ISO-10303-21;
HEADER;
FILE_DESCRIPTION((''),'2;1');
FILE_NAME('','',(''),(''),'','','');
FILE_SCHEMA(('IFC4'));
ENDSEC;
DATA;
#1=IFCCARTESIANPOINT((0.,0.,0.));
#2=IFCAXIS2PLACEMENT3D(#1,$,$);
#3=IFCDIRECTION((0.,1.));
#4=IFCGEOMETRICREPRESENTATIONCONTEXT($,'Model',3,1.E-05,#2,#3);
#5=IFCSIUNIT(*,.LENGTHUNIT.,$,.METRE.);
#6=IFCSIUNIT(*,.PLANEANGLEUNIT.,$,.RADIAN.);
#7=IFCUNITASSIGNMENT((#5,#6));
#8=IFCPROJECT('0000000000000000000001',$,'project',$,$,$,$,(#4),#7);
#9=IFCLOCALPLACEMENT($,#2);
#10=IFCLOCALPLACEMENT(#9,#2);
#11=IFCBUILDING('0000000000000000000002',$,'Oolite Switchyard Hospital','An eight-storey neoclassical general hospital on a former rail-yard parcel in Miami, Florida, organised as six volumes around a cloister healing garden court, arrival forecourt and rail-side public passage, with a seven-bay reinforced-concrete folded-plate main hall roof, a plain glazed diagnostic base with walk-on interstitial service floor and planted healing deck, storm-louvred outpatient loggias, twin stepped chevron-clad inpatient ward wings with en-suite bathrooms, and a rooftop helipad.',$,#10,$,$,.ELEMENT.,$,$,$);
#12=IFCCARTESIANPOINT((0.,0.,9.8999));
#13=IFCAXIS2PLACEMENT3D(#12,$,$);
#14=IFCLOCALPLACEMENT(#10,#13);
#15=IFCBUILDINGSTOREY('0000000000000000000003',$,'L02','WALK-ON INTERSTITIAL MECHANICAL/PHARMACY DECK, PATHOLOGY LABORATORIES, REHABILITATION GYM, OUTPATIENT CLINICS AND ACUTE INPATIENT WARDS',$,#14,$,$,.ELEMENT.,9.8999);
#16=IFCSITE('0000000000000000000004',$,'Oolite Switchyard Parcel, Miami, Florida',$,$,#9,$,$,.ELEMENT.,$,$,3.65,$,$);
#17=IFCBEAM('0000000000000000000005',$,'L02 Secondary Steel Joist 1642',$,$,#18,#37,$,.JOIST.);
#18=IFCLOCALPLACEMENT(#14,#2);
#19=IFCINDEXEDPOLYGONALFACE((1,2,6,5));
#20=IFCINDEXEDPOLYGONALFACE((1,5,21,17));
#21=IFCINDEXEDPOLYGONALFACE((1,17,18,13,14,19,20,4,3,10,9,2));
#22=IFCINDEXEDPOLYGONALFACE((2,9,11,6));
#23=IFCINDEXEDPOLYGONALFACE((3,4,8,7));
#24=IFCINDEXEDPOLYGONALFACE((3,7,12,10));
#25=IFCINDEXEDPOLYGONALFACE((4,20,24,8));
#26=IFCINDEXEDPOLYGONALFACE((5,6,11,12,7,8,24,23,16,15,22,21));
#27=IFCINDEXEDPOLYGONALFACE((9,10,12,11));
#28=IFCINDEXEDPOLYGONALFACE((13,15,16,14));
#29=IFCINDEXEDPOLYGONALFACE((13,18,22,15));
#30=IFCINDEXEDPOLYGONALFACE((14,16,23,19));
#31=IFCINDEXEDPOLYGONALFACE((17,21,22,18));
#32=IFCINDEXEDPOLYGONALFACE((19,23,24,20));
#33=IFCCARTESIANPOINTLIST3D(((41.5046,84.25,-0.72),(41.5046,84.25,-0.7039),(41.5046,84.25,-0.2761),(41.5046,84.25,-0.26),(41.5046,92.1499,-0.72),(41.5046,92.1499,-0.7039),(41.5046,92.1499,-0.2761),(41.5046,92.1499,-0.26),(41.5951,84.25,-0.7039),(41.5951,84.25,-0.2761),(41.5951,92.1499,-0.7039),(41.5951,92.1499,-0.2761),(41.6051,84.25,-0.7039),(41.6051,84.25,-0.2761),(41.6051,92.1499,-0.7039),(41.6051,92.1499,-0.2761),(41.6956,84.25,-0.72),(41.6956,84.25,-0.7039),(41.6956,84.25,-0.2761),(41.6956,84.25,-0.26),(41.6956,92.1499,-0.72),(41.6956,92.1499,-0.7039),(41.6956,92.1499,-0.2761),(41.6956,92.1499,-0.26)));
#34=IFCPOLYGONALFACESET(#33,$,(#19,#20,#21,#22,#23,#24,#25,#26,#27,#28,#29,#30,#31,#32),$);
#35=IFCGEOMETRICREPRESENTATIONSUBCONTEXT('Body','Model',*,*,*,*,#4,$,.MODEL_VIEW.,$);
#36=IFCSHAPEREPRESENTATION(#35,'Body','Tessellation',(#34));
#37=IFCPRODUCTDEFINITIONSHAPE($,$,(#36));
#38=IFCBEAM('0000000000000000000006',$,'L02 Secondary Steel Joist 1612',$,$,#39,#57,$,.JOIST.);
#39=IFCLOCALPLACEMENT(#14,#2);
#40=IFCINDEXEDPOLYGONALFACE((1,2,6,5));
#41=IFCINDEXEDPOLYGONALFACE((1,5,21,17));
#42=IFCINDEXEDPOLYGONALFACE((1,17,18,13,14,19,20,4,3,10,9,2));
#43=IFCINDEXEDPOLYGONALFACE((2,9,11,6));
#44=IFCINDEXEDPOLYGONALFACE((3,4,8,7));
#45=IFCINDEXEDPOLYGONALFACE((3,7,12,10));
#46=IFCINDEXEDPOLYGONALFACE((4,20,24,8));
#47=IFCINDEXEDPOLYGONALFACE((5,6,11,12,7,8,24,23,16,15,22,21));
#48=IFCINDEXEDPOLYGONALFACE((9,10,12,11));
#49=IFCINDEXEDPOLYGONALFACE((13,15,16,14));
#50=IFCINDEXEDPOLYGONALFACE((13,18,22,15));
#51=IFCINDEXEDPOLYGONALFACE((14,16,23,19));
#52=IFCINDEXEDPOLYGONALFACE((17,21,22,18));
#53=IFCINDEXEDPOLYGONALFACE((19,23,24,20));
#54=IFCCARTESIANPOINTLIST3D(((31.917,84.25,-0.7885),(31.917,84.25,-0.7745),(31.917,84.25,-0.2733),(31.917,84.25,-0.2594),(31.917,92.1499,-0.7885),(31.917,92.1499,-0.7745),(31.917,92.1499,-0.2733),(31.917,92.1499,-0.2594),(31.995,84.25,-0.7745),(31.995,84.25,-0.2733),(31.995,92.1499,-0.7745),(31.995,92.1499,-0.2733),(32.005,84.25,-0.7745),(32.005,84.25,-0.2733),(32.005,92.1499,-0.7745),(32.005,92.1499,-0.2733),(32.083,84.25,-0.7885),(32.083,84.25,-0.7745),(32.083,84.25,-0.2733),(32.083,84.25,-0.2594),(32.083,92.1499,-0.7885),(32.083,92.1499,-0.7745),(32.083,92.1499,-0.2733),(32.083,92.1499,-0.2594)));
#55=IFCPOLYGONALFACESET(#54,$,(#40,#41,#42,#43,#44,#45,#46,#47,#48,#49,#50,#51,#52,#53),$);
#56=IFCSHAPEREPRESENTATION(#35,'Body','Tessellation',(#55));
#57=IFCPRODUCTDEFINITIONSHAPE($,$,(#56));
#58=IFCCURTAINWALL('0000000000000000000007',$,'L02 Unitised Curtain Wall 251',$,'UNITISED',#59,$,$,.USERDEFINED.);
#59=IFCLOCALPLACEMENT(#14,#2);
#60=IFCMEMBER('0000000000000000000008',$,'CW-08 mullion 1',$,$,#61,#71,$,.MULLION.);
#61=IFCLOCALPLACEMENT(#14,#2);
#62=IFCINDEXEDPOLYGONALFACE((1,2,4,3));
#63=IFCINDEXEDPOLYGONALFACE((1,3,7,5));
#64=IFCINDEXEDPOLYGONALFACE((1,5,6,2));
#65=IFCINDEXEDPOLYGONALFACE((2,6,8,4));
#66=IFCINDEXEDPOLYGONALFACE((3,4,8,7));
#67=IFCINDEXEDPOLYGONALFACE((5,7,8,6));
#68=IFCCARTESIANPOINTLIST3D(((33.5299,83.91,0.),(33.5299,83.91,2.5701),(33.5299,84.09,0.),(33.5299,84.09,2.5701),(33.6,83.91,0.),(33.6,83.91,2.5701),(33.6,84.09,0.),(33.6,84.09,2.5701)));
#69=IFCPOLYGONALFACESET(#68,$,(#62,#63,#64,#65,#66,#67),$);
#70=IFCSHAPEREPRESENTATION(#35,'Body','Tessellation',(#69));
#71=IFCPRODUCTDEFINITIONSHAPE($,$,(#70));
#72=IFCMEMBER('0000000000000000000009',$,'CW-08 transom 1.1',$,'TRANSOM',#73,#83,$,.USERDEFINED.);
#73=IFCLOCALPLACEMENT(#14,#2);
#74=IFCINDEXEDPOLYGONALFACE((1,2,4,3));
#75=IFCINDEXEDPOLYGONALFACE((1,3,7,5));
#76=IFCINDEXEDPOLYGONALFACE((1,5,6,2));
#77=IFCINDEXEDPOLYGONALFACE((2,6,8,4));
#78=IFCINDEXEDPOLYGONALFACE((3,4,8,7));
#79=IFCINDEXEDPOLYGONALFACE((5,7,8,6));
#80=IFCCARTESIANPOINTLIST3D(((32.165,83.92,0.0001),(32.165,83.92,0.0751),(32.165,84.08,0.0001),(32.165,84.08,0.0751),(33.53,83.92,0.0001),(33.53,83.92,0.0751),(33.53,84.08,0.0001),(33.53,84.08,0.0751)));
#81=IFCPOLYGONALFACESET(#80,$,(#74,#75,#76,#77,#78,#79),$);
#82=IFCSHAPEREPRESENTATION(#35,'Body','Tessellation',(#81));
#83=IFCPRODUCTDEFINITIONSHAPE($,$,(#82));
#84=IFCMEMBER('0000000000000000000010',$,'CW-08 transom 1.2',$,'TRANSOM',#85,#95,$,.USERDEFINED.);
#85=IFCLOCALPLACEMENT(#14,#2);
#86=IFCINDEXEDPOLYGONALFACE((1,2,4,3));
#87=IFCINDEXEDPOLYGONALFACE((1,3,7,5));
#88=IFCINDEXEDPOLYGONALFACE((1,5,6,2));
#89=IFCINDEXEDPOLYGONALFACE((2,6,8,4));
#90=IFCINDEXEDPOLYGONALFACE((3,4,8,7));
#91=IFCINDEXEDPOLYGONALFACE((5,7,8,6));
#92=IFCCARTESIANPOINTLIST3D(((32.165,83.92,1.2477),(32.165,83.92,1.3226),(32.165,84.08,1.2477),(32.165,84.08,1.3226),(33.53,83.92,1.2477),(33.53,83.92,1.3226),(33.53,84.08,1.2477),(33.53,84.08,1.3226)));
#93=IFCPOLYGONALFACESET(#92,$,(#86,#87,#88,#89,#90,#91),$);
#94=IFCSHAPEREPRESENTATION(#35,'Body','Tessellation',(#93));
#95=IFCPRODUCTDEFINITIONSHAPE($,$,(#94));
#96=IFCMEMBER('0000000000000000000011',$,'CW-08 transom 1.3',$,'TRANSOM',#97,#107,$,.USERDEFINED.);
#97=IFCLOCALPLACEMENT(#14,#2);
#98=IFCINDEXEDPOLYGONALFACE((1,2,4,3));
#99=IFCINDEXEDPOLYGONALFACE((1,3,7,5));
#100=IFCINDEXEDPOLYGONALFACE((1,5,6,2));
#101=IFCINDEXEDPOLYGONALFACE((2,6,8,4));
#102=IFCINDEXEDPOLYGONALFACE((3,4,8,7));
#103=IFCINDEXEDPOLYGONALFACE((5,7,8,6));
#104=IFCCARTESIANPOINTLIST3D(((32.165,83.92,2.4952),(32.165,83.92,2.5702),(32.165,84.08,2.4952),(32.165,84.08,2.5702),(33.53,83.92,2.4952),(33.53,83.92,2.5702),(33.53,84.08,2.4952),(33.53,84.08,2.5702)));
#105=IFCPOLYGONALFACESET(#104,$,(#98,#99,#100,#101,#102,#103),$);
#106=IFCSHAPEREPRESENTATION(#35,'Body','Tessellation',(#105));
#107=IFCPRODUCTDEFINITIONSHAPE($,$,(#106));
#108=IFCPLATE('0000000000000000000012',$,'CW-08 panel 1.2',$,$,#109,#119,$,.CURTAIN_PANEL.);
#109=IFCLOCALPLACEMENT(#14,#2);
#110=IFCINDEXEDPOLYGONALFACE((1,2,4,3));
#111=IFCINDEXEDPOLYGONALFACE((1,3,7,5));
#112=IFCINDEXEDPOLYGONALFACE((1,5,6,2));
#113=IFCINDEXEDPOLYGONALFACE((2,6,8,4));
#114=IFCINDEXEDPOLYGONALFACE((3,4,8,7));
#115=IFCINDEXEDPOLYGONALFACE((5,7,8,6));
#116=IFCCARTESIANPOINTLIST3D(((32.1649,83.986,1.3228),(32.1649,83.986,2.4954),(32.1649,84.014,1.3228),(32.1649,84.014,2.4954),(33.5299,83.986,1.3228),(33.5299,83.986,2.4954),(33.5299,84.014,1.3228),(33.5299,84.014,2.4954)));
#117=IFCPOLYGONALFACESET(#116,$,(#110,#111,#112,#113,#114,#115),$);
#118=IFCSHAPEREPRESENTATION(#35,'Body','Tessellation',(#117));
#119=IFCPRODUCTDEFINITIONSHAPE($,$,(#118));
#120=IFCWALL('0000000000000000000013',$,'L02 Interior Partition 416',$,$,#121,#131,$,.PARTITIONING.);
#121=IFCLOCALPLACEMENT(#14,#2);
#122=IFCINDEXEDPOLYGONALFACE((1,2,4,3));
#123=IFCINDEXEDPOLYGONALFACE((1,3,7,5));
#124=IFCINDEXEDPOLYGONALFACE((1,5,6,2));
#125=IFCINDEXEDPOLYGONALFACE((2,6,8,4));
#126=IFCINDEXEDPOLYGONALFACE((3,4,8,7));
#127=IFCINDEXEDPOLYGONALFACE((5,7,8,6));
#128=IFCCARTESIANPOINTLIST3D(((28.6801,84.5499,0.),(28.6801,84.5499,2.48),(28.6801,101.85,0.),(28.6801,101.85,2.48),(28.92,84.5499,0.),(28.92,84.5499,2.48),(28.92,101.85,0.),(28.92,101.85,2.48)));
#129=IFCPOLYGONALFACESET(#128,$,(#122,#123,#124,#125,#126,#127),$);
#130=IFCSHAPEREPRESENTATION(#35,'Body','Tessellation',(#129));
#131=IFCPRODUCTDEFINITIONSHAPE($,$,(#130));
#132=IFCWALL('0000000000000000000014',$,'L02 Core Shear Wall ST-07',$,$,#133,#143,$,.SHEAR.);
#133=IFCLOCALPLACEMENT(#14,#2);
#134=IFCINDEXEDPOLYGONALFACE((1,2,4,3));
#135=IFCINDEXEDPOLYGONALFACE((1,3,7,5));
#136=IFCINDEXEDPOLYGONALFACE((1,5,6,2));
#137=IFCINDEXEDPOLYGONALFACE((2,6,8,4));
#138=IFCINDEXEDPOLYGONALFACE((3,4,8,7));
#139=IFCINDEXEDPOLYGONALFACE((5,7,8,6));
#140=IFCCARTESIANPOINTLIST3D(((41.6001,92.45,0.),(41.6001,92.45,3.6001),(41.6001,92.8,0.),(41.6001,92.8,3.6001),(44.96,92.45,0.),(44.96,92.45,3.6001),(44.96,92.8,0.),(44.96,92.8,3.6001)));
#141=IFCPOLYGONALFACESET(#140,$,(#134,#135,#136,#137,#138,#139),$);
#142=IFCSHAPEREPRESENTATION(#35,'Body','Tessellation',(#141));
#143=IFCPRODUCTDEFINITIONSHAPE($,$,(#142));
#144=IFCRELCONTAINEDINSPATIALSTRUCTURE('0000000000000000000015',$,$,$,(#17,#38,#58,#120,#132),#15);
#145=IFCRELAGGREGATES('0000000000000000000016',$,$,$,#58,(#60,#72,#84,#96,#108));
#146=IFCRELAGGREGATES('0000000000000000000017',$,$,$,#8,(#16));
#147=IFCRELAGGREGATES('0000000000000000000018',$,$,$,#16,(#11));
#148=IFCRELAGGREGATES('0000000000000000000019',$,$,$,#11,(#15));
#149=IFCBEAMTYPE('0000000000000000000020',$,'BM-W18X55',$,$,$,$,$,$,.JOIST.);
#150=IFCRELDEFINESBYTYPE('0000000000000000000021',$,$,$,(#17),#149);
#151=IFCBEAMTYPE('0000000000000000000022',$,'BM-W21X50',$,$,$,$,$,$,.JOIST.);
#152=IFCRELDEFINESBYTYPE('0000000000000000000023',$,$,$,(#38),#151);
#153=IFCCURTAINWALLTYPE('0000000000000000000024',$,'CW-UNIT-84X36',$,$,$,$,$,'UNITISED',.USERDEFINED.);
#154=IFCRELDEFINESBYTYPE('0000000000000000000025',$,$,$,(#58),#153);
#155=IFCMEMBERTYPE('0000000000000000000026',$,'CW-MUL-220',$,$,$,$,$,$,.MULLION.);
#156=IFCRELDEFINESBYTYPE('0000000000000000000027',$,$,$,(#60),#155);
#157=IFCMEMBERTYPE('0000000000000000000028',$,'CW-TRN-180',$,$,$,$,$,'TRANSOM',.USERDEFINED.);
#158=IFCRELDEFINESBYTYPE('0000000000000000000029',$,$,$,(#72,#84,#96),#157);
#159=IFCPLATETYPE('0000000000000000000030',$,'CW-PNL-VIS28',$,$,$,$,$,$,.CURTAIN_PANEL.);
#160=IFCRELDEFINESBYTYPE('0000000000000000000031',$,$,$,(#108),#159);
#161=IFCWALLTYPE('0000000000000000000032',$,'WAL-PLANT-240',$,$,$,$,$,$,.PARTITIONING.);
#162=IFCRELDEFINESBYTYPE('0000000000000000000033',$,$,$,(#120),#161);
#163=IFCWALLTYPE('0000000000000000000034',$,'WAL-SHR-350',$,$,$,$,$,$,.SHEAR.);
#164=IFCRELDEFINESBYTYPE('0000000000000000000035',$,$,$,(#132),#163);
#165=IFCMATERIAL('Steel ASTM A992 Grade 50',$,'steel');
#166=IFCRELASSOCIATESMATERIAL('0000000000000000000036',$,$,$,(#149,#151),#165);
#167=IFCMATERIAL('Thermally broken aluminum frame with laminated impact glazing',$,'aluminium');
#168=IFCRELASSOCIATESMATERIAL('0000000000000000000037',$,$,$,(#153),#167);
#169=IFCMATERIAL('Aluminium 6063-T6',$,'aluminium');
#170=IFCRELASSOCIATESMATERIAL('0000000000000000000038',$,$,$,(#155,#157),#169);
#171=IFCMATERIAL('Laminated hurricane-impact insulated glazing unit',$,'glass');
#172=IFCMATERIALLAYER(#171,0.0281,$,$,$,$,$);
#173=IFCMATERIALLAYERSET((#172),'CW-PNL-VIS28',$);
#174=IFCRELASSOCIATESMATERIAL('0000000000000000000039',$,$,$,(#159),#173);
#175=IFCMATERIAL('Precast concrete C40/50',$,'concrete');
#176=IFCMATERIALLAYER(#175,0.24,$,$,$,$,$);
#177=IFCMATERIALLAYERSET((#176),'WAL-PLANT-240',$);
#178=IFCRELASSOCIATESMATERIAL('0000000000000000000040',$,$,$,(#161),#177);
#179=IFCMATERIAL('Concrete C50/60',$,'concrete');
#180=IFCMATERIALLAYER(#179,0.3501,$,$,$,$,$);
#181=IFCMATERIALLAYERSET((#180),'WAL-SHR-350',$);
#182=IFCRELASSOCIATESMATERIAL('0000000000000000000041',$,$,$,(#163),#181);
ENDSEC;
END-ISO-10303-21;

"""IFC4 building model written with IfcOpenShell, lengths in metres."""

from ifc_helpers import new_model, si_unit, direction, frame, frame_2d, origin, origin_2d, place, context, subcontext, project, spatial, rectangle, i_section, extrude, material, layer, layer_set, material_profile, profile_set, type_object, element, aggregate, save


model = new_model("IFC4")

# Units and contexts
model_context = context("Model", 3, precision=1e-05, world=origin(), true_north=direction((0.0, 1.0)))
body_context = subcontext(model_context, "Body", "Model", "MODEL_VIEW")
ifc_project = project(units=[si_unit("LENGTHUNIT", "METRE"), si_unit("PLANEANGLEUNIT", "RADIAN")], contexts=[model_context])

# Site, building, storey
site_placement = place(None, origin())
site = spatial("IfcSite", under=ifc_project, at=site_placement, Name="Oolite Switchyard Parcel, Miami, Florida", CompositionType="ELEMENT", RefElevation=3.65)
building_placement = place(site_placement, origin())
building = spatial("IfcBuilding", under=site, at=building_placement, Name="Oolite Switchyard Hospital", Description="An eight-storey neoclassical general hospital on a former rail-yard parcel in Miami, Florida, organised as six volumes around a cloister healing garden court, arrival forecourt and rail-side public passage, with a seven-bay reinforced-concrete folded-plate main hall roof, a plain glazed diagnostic base with walk-on interstitial service floor and planted healing deck, storm-louvred outpatient loggias, twin stepped chevron-clad inpatient ward wings with en-suite bathrooms, and a rooftop helipad.", CompositionType="ELEMENT")
storey_placement = place(building_placement, frame((0.0, 0.0, 9.8999)))
storey = spatial("IfcBuildingStorey", under=building, at=storey_placement, Name="L02", Description="WALK-ON INTERSTITIAL MECHANICAL/PHARMACY DECK, PATHOLOGY LABORATORIES, REHABILITATION GYM, OUTPATIENT CLINICS AND ACUTE INPATIENT WARDS", CompositionType="ELEMENT", Elevation=9.8999)

# Shared definitions
ifc_material_1 = material(Name="Concrete C50/60", Category="concrete")

# Beams
ifc_material_2 = material(Name="Steel ASTM A992 Grade 50", Category="steel")
ifc_material_profile_1 = material_profile(ifc_material_2, i_section(OverallWidth=0.1909, OverallDepth=0.46, WebThickness=0.01, FlangeThickness=0.0161, at=origin_2d()), Name="W18X55")
ifc_profile_set_1 = profile_set([ifc_material_profile_1], Name="Steel ASTM A992 Grade 50")
beam_type_1 = type_object("IfcBeamType", Name="BM-W18X55", PredefinedType="JOIST", material=ifc_profile_set_1)
beam_1_placement = place(storey_placement, frame((41.6001, 84.25, -0.49), z_axis=(0.0, 1.0, 0.0), x_axis=(-1.0, 0.0, 0.0)))
element("IfcBeam", 1, at=beam_1_placement, inside=storey, type_object=beam_type_1, Name="L02 Secondary Steel Joist 1642", PredefinedType="JOIST", context=body_context, shape_type="SweptSolid", body=[
    extrude(i_section(OverallWidth=0.1909, OverallDepth=0.46, WebThickness=0.01, FlangeThickness=0.0161, at=origin_2d()), origin(), (0.0, 0.0, 1.0), 7.8999),
])
ifc_material_profile_2 = material_profile(ifc_material_2, i_section(OverallWidth=0.166, OverallDepth=0.5291, WebThickness=0.01, FlangeThickness=0.0139, at=origin_2d()), Name="W21X50")
ifc_profile_set_2 = profile_set([ifc_material_profile_2], Name="Steel ASTM A992 Grade 50")
beam_type_2 = type_object("IfcBeamType", Name="BM-W21X50", PredefinedType="JOIST", material=ifc_profile_set_2)
beam_2_placement = place(storey_placement, frame((32.0, 84.25, -0.5239), z_axis=(0.0, 1.0, 0.0), x_axis=(-1.0, 0.0, 0.0)))
element("IfcBeam", 2, at=beam_2_placement, inside=storey, type_object=beam_type_2, Name="L02 Secondary Steel Joist 1612", PredefinedType="JOIST", context=body_context, shape_type="SweptSolid", body=[
    extrude(i_section(OverallWidth=0.166, OverallDepth=0.5291, WebThickness=0.01, FlangeThickness=0.0139, at=origin_2d()), origin(), (0.0, 0.0, 1.0), 7.8999),
])

# Curtain wall, members, plate
ifc_material_3 = material(Name="Thermally broken aluminum frame with laminated impact glazing", Category="aluminium")
curtain_wall_type = type_object("IfcCurtainWallType", Name="CW-UNIT-84X36", ElementType="UNITISED", PredefinedType="USERDEFINED", material=ifc_material_3)
curtain_wall_placement = place(storey_placement, origin())
curtain_wall = element("IfcCurtainWall", 3, at=curtain_wall_placement, inside=storey, type_object=curtain_wall_type, Name="L02 Unitised Curtain Wall 251", ObjectType="UNITISED", PredefinedType="USERDEFINED")
ifc_material_4 = material(Name="Aluminium 6063-T6", Category="aluminium")
ifc_material_profile_3 = material_profile(ifc_material_4, rectangle(XDim=0.1799, YDim=0.0701, at=origin_2d()), Name="CWM70X180")
ifc_profile_set_3 = profile_set([ifc_material_profile_3], Name="Aluminium 6063-T6")
member_type_1 = type_object("IfcMemberType", Name="CW-MUL-220", PredefinedType="MULLION", material=ifc_profile_set_3)
member_1_placement = place(storey_placement, frame((33.5649, 84.0, 0.0), z_axis=(0.0, 0.0, 1.0), x_axis=(0.0, -1.0, 0.0)))
member_1 = element("IfcMember", 4, at=member_1_placement, type_object=member_type_1, Name="CW-08 mullion 1", PredefinedType="MULLION", context=body_context, shape_type="SweptSolid", body=[
    extrude(rectangle(XDim=0.1799, YDim=0.0701, at=origin_2d()), origin(), (0.0, 0.0, 1.0), 2.5701),
])
ifc_material_profile_4 = material_profile(ifc_material_4, rectangle(XDim=0.1599, YDim=0.075, at=origin_2d()), Name="CWT75X160")
ifc_profile_set_4 = profile_set([ifc_material_profile_4], Name="Aluminium 6063-T6")
member_type_2 = type_object("IfcMemberType", Name="CW-TRN-180", ElementType="TRANSOM", PredefinedType="USERDEFINED", material=ifc_profile_set_4)
member_2_placement = place(storey_placement, frame((33.53, 84.0, 0.0376), z_axis=(-1.0, 0.0, 0.0), x_axis=(0.0, -1.0, 0.0)))
member_2 = element("IfcMember", 5, at=member_2_placement, type_object=member_type_2, Name="CW-08 transom 1.1", ObjectType="TRANSOM", PredefinedType="USERDEFINED", context=body_context, shape_type="SweptSolid", body=[
    extrude(rectangle(XDim=0.1599, YDim=0.075, at=origin_2d()), origin(), (0.0, 0.0, 1.0), 1.365),
])
member_3_placement = place(storey_placement, frame((33.53, 84.0, 1.2852), z_axis=(-1.0, 0.0, 0.0), x_axis=(0.0, -1.0, 0.0)))
member_3 = element("IfcMember", 6, at=member_3_placement, type_object=member_type_2, Name="CW-08 transom 1.2", ObjectType="TRANSOM", PredefinedType="USERDEFINED", context=body_context, shape_type="SweptSolid", body=[
    extrude(rectangle(XDim=0.1599, YDim=0.075, at=origin_2d()), origin(), (0.0, 0.0, 1.0), 1.365),
])
member_4_placement = place(storey_placement, frame((33.53, 84.0, 2.5327), z_axis=(-1.0, 0.0, 0.0), x_axis=(0.0, -1.0, 0.0)))
member_4 = element("IfcMember", 7, at=member_4_placement, type_object=member_type_2, Name="CW-08 transom 1.3", ObjectType="TRANSOM", PredefinedType="USERDEFINED", context=body_context, shape_type="SweptSolid", body=[
    extrude(rectangle(XDim=0.1599, YDim=0.075, at=origin_2d()), origin(), (0.0, 0.0, 1.0), 1.365),
])
ifc_material_5 = material(Name="Laminated hurricane-impact insulated glazing unit", Category="glass")
ifc_layer_1 = layer(ifc_material_5, 0.0281)
ifc_layer_set_1 = layer_set([ifc_layer_1], Name="CW-PNL-VIS28")
plate_type = type_object("IfcPlateType", Name="CW-PNL-VIS28", PredefinedType="CURTAIN_PANEL", material=ifc_layer_set_1)
plate_placement = place(storey_placement, frame((32.8474, 84.0, 1.3228), z_axis=(0.0, 0.0, 1.0), x_axis=(-1.0, 0.0, 0.0)))
plate = element("IfcPlate", 8, at=plate_placement, type_object=plate_type, Name="CW-08 panel 1.2", PredefinedType="CURTAIN_PANEL", context=body_context, shape_type="SweptSolid", body=[
    extrude(rectangle(XDim=1.365, YDim=0.0281, at=origin_2d()), origin(), (0.0, 0.0, 1.0), 1.1726),
])
aggregate(curtain_wall, [member_1, member_2, member_3, member_4, plate])

# Walls
ifc_material_6 = material(Name="Precast concrete C40/50", Category="concrete")
ifc_layer_2 = layer(ifc_material_6, 0.24)
ifc_layer_set_2 = layer_set([ifc_layer_2], Name="WAL-PLANT-240")
wall_type_1 = type_object("IfcWallType", Name="WAL-PLANT-240", PredefinedType="PARTITIONING", material=ifc_layer_set_2)
wall_1_placement = place(storey_placement, frame((28.8, 84.55, 0.0), z_axis=(0.0, 0.0, 1.0), x_axis=(0.0, 1.0, 0.0)))
element("IfcWall", 9, at=wall_1_placement, inside=storey, type_object=wall_type_1, Name="L02 Interior Partition 416", PredefinedType="PARTITIONING", context=body_context, shape_type="SweptSolid", body=[
    extrude(rectangle(XDim=17.3, YDim=0.24, at=frame_2d((8.6499, 0.0))), origin(), (0.0, 0.0, 1.0), 2.48),
])
ifc_layer_3 = layer(ifc_material_1, 0.3501)
ifc_layer_set_3 = layer_set([ifc_layer_3], Name="WAL-SHR-350")
wall_type_2 = type_object("IfcWallType", Name="WAL-SHR-350", PredefinedType="SHEAR", material=ifc_layer_set_3)
wall_2_placement = place(storey_placement, frame((41.6001, 92.625, 0.0), z_axis=(0.0, 0.0, 1.0), x_axis=(1.0, 0.0, 0.0)))
element("IfcWall", 10, at=wall_2_placement, inside=storey, type_object=wall_type_2, Name="L02 Core Shear Wall ST-07", PredefinedType="SHEAR", context=body_context, shape_type="SweptSolid", body=[
    extrude(rectangle(XDim=3.3599, YDim=0.3501, at=frame_2d((1.6799, 0.0))), origin(), (0.0, 0.0, 1.0), 3.6001),
])

save(model, "model.ifc")
